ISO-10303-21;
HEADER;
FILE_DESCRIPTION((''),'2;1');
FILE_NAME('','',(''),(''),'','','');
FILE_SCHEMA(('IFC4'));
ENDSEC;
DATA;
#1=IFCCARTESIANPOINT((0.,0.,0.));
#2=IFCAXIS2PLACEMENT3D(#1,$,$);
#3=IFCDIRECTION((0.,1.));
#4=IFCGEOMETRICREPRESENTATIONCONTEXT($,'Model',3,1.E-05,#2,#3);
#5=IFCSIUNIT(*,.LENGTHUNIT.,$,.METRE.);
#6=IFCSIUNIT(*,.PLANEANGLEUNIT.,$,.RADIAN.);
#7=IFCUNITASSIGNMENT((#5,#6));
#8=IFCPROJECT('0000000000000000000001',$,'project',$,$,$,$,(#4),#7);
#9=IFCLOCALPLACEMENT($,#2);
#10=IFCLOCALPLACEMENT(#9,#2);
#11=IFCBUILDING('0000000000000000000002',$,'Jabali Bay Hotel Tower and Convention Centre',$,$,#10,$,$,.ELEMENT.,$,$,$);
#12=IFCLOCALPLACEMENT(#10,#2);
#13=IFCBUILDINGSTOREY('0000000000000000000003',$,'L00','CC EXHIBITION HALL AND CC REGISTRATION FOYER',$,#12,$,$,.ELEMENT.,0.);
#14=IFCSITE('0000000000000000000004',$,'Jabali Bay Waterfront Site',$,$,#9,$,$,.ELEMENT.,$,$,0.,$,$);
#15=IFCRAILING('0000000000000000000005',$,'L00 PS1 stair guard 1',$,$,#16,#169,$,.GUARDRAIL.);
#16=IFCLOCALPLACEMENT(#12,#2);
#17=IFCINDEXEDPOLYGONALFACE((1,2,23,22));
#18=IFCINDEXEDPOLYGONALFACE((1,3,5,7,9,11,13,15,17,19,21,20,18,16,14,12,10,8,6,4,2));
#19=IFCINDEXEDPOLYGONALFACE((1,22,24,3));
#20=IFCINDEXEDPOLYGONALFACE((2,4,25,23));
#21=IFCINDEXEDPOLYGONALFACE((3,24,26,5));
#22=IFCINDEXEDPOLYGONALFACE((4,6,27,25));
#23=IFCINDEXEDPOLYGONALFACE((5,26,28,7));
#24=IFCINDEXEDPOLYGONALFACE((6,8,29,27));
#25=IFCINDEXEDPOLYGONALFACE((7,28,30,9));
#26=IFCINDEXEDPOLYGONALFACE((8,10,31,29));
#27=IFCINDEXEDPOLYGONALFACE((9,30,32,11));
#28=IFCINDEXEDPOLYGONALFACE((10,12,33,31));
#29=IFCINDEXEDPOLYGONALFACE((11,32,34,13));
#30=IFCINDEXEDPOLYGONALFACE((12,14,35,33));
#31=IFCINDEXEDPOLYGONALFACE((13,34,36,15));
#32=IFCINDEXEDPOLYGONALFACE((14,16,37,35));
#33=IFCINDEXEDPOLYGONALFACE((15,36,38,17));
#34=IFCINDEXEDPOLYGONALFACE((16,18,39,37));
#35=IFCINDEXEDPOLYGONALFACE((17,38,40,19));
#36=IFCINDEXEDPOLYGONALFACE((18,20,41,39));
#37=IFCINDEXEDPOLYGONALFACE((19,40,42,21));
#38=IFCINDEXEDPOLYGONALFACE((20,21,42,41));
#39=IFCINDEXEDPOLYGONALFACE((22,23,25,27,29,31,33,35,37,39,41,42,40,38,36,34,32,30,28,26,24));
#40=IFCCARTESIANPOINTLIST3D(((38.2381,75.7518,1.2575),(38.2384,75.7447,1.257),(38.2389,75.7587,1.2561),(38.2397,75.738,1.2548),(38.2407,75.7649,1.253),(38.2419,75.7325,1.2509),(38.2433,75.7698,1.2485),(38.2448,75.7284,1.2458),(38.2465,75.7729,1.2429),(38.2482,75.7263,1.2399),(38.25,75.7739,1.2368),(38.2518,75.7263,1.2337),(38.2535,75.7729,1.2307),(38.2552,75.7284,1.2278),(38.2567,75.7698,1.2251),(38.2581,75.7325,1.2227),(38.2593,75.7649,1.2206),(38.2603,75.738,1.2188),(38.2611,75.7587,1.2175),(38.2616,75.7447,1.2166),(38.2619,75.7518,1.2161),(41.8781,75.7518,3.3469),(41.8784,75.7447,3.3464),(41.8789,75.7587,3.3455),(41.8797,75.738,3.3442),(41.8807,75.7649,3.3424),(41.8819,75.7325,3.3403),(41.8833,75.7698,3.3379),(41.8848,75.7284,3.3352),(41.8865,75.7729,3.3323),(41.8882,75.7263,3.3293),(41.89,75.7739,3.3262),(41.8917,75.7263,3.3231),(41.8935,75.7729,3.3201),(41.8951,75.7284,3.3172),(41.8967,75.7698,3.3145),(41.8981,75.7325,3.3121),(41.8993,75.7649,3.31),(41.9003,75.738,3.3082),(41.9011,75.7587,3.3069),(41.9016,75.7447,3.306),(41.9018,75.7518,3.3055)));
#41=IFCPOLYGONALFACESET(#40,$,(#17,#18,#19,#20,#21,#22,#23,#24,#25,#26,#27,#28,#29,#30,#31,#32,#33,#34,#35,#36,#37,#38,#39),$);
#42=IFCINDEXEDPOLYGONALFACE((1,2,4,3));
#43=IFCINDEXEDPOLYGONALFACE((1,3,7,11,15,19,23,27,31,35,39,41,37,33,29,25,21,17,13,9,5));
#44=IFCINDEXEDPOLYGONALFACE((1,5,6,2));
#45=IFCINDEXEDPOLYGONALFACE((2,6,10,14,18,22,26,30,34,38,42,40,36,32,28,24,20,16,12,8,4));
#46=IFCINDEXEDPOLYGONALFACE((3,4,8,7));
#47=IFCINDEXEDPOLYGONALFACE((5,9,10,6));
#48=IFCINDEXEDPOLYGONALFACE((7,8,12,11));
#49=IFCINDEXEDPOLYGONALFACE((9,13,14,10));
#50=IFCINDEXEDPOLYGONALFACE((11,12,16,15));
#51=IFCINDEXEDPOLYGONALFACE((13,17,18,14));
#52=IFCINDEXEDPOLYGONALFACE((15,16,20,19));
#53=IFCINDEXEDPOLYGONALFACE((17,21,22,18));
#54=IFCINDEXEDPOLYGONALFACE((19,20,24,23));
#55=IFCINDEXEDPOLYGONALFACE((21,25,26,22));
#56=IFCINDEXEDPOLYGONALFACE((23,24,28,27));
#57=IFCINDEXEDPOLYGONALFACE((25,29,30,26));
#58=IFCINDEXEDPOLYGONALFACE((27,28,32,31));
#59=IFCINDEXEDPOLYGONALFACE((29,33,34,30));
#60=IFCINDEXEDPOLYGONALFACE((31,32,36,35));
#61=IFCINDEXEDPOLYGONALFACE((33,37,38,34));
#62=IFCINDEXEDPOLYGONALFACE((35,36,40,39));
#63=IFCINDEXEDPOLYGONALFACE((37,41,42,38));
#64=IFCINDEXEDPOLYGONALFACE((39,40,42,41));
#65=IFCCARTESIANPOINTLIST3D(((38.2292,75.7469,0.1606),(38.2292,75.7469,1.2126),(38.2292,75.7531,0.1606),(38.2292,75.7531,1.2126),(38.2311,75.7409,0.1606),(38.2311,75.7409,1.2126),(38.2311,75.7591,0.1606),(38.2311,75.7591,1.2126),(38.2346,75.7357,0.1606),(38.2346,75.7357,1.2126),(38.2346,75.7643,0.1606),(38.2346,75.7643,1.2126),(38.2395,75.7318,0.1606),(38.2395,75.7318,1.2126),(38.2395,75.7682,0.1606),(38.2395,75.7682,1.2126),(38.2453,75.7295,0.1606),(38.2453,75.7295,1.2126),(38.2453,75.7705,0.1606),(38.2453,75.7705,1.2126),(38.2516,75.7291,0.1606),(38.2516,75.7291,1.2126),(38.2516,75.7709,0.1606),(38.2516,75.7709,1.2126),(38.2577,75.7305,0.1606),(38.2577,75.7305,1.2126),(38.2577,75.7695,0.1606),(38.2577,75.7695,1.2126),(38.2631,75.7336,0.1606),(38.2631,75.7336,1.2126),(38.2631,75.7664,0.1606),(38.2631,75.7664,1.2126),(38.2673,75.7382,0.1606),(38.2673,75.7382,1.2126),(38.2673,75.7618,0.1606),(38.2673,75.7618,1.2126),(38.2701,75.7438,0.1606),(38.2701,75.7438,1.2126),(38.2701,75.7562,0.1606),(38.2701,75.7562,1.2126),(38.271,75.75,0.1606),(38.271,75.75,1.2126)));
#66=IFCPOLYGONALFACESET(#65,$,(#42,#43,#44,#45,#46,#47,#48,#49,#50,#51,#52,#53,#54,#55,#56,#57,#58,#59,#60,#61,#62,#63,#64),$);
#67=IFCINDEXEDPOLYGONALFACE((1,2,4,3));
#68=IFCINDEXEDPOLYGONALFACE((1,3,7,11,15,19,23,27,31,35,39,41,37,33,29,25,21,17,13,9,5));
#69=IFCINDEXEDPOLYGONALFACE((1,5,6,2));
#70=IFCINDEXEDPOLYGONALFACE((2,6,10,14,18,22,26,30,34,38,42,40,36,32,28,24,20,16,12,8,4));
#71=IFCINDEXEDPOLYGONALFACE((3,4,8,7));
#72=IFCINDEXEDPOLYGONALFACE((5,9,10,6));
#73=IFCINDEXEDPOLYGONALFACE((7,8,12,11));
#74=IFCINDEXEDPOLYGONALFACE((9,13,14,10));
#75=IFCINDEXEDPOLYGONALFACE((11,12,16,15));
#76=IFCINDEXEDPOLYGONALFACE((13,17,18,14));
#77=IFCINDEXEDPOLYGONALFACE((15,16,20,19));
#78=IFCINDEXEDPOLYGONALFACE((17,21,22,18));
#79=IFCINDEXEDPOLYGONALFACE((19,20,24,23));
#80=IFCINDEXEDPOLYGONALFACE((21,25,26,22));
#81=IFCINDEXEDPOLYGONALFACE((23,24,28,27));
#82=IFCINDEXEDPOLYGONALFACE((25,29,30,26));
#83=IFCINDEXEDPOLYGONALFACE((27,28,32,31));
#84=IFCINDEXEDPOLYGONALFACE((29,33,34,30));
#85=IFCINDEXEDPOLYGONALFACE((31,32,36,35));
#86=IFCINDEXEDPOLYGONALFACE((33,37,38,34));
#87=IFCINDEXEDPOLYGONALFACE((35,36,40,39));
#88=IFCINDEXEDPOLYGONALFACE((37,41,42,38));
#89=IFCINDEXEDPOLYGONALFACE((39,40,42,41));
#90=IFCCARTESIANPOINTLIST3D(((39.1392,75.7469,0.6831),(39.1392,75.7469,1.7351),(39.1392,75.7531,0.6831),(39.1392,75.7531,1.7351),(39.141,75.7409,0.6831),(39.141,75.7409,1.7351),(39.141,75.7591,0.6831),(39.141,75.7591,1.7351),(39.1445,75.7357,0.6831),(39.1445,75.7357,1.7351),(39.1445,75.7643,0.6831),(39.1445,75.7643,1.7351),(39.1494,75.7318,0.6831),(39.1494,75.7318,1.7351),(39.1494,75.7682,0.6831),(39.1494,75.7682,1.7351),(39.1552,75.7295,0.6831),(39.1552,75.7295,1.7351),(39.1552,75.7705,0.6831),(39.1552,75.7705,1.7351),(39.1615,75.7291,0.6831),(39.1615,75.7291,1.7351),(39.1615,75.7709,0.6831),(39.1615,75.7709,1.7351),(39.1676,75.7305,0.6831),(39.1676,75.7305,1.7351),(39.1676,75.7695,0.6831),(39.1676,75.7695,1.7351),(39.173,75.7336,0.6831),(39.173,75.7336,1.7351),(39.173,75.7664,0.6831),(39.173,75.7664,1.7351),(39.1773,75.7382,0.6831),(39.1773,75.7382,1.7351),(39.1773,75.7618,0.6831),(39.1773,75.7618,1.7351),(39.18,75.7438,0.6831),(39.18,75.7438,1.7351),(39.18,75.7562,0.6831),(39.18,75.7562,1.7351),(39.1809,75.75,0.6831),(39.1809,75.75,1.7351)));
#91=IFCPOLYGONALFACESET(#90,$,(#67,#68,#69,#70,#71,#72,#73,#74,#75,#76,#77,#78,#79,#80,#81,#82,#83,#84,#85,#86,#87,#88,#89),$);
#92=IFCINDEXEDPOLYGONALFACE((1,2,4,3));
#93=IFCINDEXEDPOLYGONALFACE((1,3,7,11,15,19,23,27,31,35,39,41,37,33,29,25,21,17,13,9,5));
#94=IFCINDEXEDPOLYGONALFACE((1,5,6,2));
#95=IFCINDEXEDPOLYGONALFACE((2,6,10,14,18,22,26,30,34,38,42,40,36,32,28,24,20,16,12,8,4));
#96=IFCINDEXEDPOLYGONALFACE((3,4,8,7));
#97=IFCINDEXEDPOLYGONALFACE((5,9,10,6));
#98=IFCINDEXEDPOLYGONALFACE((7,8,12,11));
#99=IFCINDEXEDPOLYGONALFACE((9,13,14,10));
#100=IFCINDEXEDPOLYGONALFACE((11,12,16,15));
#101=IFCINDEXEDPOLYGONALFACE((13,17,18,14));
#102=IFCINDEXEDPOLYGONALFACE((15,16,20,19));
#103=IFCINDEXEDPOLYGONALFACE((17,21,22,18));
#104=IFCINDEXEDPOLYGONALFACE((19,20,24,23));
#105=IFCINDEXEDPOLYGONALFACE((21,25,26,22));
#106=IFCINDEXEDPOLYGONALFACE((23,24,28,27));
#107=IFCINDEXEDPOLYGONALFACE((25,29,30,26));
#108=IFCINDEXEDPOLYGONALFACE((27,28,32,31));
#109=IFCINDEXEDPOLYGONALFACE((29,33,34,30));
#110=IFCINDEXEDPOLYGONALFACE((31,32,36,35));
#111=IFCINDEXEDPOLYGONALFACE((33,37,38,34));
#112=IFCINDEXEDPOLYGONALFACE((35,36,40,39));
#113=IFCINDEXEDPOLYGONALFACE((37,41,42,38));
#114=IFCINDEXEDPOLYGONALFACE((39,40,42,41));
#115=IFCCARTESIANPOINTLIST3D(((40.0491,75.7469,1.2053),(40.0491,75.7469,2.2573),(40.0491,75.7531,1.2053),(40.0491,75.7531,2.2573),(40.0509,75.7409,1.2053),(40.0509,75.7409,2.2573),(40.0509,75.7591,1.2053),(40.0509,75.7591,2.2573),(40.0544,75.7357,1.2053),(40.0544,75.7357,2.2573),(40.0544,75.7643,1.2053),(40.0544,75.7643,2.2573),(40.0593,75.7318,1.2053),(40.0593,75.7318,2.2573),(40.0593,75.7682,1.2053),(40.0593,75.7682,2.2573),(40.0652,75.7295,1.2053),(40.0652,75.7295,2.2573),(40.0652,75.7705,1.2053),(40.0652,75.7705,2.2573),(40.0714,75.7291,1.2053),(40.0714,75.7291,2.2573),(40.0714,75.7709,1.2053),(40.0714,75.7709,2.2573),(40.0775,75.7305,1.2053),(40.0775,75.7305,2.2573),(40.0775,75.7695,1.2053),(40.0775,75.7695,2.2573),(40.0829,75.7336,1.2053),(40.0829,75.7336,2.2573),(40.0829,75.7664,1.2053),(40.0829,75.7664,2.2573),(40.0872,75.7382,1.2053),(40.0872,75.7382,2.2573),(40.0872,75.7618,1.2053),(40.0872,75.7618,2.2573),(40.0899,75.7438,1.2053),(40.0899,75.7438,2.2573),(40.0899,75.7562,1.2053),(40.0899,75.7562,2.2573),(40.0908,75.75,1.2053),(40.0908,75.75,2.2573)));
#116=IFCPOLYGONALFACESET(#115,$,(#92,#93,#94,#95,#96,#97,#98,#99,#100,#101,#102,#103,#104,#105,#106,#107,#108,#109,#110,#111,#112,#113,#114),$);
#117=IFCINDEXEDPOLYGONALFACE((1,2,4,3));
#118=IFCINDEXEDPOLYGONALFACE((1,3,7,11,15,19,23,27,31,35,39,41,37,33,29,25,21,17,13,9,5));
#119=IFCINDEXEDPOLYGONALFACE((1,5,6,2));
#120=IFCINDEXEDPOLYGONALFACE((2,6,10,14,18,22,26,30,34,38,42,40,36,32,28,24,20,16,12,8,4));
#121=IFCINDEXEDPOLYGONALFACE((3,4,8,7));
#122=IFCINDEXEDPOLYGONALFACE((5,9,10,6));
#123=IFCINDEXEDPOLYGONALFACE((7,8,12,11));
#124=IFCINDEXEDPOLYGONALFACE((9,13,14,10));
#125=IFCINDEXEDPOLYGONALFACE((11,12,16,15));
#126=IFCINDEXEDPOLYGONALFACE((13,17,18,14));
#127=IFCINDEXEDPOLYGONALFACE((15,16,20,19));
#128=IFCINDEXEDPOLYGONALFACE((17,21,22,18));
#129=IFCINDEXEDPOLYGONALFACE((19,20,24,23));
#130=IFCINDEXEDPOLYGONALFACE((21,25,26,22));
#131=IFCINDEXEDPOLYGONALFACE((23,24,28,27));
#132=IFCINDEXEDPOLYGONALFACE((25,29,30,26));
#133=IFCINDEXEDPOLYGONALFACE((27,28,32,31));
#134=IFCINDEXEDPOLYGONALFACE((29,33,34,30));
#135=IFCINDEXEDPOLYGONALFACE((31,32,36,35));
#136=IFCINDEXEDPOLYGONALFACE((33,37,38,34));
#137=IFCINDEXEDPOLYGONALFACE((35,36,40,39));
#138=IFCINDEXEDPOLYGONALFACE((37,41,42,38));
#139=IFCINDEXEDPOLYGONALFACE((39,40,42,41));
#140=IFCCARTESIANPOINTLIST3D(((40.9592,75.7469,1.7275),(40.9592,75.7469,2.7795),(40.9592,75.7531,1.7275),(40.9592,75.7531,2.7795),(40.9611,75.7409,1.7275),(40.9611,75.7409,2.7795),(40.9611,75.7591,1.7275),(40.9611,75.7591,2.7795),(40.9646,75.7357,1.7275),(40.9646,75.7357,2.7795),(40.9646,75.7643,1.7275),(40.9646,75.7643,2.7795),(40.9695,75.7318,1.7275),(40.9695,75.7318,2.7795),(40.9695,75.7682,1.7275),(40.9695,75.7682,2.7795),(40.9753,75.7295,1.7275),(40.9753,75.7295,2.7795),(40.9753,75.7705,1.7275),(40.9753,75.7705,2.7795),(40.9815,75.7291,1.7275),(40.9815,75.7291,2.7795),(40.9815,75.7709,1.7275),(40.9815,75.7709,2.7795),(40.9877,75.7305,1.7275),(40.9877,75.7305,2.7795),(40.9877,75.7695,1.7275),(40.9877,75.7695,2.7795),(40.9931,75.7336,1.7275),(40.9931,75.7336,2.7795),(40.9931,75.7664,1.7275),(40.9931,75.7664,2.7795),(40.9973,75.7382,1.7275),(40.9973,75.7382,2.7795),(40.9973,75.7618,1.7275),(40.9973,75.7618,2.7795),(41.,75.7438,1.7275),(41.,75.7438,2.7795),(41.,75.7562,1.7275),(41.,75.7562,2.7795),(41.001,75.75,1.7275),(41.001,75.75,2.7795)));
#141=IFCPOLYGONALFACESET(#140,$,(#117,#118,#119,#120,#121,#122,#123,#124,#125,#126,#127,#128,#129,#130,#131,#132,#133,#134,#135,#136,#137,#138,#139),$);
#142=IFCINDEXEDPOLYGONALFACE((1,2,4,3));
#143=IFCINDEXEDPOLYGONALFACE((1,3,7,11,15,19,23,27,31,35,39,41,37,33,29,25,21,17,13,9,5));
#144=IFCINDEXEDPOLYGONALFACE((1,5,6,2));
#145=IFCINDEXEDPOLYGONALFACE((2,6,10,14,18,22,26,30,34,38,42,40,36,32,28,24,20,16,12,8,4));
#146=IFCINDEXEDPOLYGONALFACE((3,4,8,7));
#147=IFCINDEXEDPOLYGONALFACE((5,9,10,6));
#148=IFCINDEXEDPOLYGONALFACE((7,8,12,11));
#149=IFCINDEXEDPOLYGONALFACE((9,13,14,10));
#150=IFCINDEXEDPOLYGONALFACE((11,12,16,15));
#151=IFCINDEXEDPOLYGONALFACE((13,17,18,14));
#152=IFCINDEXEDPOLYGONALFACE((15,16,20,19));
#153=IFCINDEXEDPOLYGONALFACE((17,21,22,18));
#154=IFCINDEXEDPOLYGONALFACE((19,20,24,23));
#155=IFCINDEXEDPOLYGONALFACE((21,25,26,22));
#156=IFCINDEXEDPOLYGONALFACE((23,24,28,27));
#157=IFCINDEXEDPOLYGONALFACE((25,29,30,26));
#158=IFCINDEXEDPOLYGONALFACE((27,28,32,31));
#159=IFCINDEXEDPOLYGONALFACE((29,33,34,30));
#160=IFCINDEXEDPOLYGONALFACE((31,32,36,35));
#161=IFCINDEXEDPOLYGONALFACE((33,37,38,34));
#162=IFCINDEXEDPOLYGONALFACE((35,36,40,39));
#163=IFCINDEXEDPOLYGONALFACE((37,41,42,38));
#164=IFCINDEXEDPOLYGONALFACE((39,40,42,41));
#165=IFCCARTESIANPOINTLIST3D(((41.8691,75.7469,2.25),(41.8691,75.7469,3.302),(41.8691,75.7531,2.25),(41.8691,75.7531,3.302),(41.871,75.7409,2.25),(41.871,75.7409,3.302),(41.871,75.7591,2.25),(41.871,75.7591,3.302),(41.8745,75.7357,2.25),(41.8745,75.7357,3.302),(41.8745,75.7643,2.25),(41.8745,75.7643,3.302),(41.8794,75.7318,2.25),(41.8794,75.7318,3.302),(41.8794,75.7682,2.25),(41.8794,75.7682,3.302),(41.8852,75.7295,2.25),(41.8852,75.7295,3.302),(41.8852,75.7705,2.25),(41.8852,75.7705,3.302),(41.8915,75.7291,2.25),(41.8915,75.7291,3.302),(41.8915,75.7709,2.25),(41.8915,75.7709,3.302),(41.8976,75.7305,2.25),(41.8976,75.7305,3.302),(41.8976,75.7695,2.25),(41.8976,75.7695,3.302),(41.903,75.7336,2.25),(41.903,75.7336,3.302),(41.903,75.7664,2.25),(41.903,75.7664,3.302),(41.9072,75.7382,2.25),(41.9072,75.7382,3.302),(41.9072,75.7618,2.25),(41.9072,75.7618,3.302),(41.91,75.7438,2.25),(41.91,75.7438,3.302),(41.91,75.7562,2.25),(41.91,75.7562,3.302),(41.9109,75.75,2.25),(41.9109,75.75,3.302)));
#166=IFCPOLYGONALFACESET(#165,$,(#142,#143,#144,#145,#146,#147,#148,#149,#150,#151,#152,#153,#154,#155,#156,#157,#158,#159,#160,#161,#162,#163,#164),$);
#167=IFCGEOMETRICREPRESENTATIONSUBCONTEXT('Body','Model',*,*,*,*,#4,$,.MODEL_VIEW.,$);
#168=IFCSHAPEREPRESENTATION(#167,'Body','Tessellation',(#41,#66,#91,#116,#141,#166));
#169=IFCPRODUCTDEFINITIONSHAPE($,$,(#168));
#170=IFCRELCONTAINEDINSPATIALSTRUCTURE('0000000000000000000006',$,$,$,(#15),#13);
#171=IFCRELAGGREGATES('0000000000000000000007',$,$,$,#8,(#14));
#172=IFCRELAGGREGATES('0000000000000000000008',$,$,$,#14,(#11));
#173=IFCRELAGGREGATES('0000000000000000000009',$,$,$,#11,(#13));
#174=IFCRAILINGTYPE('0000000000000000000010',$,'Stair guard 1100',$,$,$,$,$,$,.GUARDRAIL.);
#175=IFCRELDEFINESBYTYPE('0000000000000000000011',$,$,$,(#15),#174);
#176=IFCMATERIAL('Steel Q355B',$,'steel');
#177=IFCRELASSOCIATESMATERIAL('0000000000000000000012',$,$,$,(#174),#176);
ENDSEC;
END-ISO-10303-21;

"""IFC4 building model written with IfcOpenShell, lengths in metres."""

from ifc_helpers import new_model, si_unit, direction, frame, origin, origin_2d, place, context, subcontext, project, spatial, circle, extrude, material, type_object, element, save


model = new_model("IFC4")

# Units and contexts
model_context = context("Model", 3, precision=1e-05, world=origin(), true_north=direction((0.0, 1.0)))
body_context = subcontext(model_context, "Body", "Model", "MODEL_VIEW")
ifc_project = project(units=[si_unit("LENGTHUNIT", "METRE"), si_unit("PLANEANGLEUNIT", "RADIAN")], contexts=[model_context])

# Site, building, storey
site_placement = place(None, origin())
site = spatial("IfcSite", under=ifc_project, at=site_placement, Name="Jabali Bay Waterfront Site", CompositionType="ELEMENT", RefElevation=0.0)
building_placement = place(site_placement, origin())
building = spatial("IfcBuilding", under=site, at=building_placement, Name="Jabali Bay Hotel Tower and Convention Centre", CompositionType="ELEMENT")
storey_placement = place(building_placement, origin())
storey = spatial("IfcBuildingStorey", under=building, at=storey_placement, Name="L00", Description="CC EXHIBITION HALL AND CC REGISTRATION FOYER", CompositionType="ELEMENT", Elevation=0.0)

# Railing
ifc_material_1 = material(Name="Steel Q355B", Category="steel")
railing_type_1 = type_object("IfcRailingType", Name="Stair guard 1100", PredefinedType="GUARDRAIL", material=ifc_material_1)
railing_1_placement = place(storey_placement, frame((38.25, 75.75, 0.1606)))
element("IfcRailing", 1, at=railing_1_placement, inside=storey, type_object=railing_type_1, Name="L00 PS1 stair guard 1", PredefinedType="GUARDRAIL", context=body_context, shape_type="SweptSolid", body=[
    extrude(circle(Radius=0.0239, at=origin_2d()), frame((0.0, 0.0, 1.0762), z_axis=(0.867275, 0.0, 0.497829), x_axis=(0.0, 1.0, 0.0)), (0.0, 0.0, 1.0), 4.197),
    extrude(circle(Radius=0.021, at=origin_2d()), origin(), (0.0, 0.0, 1.0), 1.052),
    extrude(circle(Radius=0.021, at=origin_2d()), frame((0.9099, 0.0, 0.5225)), (0.0, 0.0, 1.0), 1.052),
    extrude(circle(Radius=0.021, at=origin_2d()), frame((1.8198, 0.0, 1.0447)), (0.0, 0.0, 1.0), 1.052),
    extrude(circle(Radius=0.021, at=origin_2d()), frame((2.73, 0.0, 1.5669)), (0.0, 0.0, 1.0), 1.052),
    extrude(circle(Radius=0.021, at=origin_2d()), frame((3.6399, 0.0, 2.0894)), (0.0, 0.0, 1.0), 1.052),
])

save(model, "model.ifc")
